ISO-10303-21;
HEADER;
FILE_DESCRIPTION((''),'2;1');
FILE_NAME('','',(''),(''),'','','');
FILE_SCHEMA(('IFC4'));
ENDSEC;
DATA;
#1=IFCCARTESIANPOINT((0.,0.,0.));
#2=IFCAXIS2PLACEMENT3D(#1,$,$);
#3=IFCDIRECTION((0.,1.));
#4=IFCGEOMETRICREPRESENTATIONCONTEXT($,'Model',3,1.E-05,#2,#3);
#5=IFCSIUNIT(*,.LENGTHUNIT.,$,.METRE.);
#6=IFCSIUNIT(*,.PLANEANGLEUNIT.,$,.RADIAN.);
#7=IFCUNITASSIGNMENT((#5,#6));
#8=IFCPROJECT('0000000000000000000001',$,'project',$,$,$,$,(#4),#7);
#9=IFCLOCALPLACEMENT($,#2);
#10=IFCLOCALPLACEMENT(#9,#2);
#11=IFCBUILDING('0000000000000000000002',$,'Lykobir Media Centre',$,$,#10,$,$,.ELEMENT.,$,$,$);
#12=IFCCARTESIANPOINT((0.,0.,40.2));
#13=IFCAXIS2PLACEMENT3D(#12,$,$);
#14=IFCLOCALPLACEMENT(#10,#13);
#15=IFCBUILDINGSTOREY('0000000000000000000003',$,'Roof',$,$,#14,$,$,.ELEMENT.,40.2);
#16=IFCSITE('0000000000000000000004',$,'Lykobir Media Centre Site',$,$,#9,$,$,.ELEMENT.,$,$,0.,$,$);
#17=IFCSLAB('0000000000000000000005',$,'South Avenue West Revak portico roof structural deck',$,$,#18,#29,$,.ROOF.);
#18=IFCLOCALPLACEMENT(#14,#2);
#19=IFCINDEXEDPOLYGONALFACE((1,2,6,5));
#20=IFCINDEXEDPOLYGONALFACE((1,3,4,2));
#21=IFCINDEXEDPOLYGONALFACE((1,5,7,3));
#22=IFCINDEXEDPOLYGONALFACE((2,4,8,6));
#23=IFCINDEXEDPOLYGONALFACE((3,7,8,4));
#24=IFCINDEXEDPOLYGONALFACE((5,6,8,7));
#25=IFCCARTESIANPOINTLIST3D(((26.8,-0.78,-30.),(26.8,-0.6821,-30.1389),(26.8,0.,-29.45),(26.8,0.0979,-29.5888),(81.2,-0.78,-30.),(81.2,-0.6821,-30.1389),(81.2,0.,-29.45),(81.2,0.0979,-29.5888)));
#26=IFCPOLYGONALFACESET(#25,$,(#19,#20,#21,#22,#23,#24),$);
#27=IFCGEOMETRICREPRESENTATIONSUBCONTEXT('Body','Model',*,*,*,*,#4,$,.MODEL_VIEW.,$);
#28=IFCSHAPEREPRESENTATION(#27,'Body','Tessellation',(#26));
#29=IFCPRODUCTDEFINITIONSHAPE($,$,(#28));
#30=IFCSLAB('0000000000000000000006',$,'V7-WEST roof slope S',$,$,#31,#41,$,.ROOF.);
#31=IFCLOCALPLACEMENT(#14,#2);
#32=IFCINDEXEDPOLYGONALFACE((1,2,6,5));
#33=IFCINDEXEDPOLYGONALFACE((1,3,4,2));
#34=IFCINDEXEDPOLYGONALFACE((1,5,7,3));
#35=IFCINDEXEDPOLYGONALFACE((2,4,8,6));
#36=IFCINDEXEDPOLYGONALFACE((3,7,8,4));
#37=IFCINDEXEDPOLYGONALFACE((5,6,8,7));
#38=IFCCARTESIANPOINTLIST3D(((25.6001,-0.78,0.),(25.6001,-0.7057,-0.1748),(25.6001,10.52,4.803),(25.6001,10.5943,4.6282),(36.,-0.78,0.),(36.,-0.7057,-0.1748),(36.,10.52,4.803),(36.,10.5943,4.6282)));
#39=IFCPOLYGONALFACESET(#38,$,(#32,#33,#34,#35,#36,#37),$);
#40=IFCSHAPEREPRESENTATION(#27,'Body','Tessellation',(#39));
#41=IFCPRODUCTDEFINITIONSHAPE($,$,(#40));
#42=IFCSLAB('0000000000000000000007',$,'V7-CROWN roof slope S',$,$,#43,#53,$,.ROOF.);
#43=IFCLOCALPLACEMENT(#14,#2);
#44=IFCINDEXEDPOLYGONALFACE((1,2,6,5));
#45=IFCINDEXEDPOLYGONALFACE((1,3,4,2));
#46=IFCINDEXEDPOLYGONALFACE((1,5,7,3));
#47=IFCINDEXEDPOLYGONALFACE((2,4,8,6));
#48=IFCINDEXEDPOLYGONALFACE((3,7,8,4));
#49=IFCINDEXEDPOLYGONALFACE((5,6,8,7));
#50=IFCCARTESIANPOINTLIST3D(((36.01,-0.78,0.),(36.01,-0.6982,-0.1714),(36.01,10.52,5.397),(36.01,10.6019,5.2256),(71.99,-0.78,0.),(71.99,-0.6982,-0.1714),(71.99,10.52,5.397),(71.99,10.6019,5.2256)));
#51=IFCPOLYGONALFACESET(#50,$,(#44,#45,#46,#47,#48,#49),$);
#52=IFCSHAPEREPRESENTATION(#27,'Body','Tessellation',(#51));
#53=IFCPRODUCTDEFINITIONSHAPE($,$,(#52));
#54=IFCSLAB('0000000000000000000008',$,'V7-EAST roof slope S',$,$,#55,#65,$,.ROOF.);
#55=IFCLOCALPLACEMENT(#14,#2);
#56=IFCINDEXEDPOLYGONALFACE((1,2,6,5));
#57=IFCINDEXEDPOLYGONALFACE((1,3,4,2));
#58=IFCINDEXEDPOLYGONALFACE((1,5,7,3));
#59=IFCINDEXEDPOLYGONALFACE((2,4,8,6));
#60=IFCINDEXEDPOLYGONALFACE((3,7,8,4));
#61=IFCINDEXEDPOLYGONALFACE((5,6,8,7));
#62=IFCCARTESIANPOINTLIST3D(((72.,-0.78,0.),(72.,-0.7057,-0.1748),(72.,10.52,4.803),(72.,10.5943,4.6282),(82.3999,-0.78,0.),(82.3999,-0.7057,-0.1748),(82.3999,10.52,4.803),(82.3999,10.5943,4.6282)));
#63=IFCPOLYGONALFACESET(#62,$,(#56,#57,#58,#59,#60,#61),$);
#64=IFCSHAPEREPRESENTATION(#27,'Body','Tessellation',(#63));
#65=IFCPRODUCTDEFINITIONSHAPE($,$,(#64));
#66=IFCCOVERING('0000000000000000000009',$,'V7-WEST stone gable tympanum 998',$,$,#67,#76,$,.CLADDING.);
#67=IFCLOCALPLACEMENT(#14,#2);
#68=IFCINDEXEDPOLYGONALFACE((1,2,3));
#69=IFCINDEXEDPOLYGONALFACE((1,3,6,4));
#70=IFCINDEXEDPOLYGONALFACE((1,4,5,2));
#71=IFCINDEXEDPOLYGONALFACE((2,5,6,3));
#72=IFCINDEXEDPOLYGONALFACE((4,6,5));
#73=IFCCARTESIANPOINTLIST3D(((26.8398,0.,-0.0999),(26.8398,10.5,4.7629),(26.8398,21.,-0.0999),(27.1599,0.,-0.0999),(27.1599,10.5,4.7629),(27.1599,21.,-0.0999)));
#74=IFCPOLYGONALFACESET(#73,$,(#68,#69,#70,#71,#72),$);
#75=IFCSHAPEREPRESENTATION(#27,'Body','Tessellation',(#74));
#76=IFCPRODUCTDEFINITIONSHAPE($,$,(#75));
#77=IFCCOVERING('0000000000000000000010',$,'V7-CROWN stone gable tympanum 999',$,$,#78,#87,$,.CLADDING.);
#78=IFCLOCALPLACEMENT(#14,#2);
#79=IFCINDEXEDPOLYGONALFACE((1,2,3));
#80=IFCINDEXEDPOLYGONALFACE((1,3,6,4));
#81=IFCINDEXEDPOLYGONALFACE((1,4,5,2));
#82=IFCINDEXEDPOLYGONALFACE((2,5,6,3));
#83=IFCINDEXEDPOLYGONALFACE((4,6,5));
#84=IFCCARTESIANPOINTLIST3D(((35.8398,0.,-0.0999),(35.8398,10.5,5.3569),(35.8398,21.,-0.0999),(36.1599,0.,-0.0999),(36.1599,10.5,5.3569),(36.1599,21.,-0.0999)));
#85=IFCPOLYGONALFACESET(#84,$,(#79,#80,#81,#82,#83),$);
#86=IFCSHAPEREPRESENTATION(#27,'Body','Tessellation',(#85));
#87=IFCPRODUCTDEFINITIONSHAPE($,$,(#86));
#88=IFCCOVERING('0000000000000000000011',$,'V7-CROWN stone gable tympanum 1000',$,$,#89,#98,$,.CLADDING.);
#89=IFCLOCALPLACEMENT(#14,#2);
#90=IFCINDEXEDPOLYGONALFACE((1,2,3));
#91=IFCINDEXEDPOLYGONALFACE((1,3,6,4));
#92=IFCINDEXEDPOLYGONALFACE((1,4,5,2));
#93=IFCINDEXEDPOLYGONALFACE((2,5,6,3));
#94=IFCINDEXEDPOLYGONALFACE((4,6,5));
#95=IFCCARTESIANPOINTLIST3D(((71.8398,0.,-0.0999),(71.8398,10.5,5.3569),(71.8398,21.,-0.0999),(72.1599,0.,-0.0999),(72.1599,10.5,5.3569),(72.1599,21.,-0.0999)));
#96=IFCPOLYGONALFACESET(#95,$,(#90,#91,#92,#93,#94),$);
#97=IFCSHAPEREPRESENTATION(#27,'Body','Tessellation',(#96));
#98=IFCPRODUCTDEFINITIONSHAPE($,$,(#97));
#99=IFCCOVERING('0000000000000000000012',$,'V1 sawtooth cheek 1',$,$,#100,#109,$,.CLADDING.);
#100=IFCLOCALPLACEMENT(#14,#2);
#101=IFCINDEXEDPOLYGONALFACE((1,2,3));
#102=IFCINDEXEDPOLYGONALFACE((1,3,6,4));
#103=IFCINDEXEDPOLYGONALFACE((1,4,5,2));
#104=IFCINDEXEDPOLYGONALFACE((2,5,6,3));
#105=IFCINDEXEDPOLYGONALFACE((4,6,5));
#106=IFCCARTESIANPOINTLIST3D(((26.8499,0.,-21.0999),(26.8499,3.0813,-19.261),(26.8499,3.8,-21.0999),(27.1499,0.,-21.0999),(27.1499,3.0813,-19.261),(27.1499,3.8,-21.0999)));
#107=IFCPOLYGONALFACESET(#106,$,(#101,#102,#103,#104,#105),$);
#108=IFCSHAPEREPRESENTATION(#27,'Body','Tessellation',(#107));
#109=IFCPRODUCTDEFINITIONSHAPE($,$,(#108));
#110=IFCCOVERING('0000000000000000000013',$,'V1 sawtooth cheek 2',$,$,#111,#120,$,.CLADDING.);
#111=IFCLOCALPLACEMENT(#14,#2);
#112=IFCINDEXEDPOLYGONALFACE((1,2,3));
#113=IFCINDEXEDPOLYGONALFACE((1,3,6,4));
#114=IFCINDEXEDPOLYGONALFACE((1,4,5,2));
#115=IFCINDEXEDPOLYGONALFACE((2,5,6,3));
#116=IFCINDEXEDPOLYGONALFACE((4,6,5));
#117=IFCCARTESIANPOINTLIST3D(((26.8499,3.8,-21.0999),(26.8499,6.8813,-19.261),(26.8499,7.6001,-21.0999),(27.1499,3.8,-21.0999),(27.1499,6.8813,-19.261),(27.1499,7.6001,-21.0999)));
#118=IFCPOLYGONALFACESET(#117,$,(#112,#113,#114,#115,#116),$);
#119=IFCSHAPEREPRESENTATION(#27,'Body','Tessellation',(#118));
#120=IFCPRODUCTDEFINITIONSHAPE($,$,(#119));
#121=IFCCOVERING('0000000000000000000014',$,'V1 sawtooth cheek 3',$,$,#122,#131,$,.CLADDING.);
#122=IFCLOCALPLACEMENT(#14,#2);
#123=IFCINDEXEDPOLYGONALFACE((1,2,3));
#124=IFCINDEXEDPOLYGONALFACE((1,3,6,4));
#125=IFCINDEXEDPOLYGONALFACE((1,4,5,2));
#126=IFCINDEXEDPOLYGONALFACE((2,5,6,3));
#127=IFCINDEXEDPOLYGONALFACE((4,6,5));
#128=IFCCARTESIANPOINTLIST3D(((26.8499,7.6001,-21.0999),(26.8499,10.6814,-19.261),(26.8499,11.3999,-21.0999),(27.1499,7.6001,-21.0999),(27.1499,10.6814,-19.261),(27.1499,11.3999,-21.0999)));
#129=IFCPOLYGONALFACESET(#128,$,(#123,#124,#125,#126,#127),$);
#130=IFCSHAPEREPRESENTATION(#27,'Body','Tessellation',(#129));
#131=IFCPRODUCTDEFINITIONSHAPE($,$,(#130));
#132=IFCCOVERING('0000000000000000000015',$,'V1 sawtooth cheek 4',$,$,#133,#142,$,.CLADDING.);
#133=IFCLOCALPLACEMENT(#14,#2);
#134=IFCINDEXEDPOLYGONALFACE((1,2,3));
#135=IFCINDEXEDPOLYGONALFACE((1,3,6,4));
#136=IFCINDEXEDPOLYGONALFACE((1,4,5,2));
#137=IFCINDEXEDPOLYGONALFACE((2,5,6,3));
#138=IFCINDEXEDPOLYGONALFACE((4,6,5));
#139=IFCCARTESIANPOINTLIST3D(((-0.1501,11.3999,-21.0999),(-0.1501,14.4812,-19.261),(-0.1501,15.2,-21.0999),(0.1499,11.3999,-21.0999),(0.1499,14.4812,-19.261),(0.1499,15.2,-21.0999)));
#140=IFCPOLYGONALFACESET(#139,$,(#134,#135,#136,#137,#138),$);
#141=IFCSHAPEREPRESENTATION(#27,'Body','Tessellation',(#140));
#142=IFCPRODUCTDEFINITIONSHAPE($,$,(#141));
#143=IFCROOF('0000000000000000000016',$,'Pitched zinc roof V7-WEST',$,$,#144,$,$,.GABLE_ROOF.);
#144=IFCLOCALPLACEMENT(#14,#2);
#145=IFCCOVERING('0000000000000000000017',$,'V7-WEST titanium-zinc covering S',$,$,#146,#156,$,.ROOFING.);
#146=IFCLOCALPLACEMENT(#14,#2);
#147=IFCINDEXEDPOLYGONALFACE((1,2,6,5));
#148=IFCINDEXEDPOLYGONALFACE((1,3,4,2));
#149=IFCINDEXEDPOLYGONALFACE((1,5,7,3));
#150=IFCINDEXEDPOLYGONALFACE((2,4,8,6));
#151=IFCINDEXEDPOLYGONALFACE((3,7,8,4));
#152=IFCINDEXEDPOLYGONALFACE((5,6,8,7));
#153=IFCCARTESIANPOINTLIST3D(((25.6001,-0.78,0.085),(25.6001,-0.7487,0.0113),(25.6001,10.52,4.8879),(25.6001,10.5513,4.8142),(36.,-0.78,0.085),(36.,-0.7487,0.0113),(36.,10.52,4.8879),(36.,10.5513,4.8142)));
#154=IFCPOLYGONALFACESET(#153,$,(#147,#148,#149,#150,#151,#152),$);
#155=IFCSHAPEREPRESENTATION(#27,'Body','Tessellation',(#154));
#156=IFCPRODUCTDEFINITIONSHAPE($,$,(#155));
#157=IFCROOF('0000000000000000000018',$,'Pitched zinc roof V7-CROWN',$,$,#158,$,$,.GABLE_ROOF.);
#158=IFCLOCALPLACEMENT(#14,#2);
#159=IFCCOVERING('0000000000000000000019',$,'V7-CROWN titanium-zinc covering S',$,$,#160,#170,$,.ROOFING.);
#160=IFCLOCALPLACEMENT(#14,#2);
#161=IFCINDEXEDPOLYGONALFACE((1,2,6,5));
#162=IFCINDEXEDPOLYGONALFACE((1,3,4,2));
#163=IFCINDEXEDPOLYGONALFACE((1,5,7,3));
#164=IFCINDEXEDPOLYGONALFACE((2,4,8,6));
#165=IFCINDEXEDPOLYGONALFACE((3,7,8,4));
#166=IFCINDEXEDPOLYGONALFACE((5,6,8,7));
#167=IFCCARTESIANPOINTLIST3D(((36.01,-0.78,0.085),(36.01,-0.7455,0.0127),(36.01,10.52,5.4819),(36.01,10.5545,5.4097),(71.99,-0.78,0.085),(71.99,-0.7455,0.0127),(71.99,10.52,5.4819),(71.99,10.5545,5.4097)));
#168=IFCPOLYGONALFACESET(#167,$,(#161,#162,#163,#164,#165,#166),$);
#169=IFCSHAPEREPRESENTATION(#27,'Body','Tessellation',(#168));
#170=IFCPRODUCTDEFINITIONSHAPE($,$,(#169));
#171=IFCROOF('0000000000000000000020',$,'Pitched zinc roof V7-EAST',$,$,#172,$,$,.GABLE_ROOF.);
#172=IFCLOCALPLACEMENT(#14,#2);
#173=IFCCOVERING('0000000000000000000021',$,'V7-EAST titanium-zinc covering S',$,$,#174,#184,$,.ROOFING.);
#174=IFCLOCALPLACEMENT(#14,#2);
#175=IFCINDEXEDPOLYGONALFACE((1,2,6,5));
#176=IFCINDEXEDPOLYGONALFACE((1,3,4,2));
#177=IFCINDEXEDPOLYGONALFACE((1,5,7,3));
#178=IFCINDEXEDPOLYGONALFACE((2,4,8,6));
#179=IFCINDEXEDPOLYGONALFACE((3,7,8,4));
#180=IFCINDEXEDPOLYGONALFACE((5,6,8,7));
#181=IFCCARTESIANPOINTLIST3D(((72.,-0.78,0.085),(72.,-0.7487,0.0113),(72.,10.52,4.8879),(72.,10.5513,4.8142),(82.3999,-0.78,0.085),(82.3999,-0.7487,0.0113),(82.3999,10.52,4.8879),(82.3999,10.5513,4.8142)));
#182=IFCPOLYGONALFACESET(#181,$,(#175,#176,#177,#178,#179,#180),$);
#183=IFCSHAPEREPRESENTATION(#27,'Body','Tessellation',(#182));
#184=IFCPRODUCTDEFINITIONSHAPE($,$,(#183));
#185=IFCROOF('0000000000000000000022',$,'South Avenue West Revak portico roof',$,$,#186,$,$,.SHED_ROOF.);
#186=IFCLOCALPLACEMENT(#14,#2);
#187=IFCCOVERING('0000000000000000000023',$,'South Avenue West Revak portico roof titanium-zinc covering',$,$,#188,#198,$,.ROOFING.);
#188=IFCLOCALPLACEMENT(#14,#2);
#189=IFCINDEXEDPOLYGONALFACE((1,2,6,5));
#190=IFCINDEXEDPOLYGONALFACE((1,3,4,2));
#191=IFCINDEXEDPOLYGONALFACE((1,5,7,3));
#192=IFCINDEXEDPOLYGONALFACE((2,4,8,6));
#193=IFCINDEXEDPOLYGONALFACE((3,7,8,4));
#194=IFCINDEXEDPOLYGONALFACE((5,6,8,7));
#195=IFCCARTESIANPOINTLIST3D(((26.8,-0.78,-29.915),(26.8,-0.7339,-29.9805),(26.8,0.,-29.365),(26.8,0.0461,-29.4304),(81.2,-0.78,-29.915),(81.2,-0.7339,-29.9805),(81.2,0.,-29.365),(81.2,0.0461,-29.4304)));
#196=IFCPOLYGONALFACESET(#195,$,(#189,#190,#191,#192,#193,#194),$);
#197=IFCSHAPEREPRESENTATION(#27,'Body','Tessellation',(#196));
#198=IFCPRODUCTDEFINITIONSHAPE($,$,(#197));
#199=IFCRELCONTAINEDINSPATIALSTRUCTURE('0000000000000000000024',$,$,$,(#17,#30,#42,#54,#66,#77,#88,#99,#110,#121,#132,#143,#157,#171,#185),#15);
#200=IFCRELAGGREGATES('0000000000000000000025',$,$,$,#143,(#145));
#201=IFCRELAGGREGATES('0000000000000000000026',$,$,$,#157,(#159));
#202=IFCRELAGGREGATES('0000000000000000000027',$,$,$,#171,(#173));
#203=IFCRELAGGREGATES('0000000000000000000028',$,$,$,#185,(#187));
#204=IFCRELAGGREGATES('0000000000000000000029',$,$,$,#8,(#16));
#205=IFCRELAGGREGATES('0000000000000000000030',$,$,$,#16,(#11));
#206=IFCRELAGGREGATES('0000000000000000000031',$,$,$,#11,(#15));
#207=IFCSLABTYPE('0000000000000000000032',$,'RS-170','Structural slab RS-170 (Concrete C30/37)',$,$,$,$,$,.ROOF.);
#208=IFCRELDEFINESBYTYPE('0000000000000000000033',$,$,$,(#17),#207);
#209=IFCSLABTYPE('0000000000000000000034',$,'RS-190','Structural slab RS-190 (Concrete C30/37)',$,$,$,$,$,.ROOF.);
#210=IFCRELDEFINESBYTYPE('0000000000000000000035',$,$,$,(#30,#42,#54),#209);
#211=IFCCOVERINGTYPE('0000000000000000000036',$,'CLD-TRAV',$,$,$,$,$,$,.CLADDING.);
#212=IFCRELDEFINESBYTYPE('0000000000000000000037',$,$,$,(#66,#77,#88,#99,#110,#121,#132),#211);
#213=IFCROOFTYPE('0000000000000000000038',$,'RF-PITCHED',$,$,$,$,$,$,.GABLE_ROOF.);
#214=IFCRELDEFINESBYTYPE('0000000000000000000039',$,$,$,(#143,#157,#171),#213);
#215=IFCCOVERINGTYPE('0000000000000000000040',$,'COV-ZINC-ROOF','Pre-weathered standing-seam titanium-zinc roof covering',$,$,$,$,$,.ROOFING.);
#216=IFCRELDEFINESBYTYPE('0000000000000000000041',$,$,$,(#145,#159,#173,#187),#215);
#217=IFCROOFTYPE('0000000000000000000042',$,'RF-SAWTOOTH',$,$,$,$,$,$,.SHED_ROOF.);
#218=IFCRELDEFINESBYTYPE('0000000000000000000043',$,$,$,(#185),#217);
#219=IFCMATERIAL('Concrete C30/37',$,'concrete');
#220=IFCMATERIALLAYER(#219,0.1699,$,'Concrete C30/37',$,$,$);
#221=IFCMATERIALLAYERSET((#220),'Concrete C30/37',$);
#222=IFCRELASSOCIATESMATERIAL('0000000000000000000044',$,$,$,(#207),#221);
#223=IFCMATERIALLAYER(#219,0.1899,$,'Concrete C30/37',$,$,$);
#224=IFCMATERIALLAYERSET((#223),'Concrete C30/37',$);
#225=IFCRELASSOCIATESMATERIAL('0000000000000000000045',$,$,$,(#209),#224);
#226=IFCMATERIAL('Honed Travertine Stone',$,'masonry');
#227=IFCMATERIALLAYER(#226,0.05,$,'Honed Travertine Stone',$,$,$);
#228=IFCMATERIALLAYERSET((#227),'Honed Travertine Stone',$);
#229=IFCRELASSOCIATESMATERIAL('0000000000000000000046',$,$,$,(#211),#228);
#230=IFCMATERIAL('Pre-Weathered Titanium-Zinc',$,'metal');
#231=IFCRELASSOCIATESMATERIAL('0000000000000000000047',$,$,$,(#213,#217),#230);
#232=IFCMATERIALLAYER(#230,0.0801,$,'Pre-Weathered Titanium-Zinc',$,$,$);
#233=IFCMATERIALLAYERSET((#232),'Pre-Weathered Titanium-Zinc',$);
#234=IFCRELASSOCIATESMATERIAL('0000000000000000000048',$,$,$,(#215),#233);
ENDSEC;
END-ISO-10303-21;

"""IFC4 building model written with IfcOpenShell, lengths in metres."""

from ifc_helpers import new_model, si_unit, direction, frame, origin, place, context, subcontext, project, spatial, polyline, outline, extrude, material, layer, layer_set, type_object, element, aggregate, save


model = new_model("IFC4")

# Units and contexts
model_context = context("Model", 3, precision=1e-05, world=origin(), true_north=direction((0.0, 1.0)))
body_context = subcontext(model_context, "Body", "Model", "MODEL_VIEW")
ifc_project = project(units=[si_unit("LENGTHUNIT", "METRE"), si_unit("PLANEANGLEUNIT", "RADIAN")], contexts=[model_context])

# Site, building, storey
site_placement = place(None, origin())
site = spatial("IfcSite", under=ifc_project, at=site_placement, Name="Lykobir Media Centre Site", CompositionType="ELEMENT", RefElevation=0.0)
building_placement = place(site_placement, origin())
building = spatial("IfcBuilding", under=site, at=building_placement, Name="Lykobir Media Centre", CompositionType="ELEMENT")
storey_placement = place(building_placement, frame((0.0, 0.0, 40.2)))
storey = spatial("IfcBuildingStorey", under=building, at=storey_placement, Name="Roof", CompositionType="ELEMENT", Elevation=40.2)

# Slabs
ifc_material_1 = material(Name="Concrete C30/37", Category="concrete")
ifc_layer_1 = layer(ifc_material_1, 0.1699, Name="Concrete C30/37")
ifc_layer_set_1 = layer_set([ifc_layer_1], Name="Concrete C30/37")
slab_type_1 = type_object("IfcSlabType", Name="RS-170", Description="Structural slab RS-170 (Concrete C30/37)", PredefinedType="ROOF", material=ifc_layer_set_1)
slab_1_placement = place(storey_placement, frame((26.8, -0.78, -30.0), z_axis=(0.0, -0.576291, 0.817244), x_axis=(1.0, 0.0, 0.0)))
element("IfcSlab", 1, at=slab_1_placement, inside=storey, type_object=slab_type_1, Name="South Avenue West Revak portico roof structural deck", PredefinedType="ROOF", context=body_context, shape_type="SweptSolid", body=[
    extrude(outline(polyline([(0.0, 0.0), (54.3999, 0.0), (54.3999, 0.9545), (0.0, 0.9545), (0.0, 0.0)])), origin(), (0.0, 0.0, -1.0), 0.1699),
])
ifc_layer_2 = layer(ifc_material_1, 0.1899, Name="Concrete C30/37")
ifc_layer_set_2 = layer_set([ifc_layer_2], Name="Concrete C30/37")
slab_type_2 = type_object("IfcSlabType", Name="RS-190", Description="Structural slab RS-190 (Concrete C30/37)", PredefinedType="ROOF", material=ifc_layer_set_2)
slab_2_placement = place(storey_placement, frame((25.6001, -0.78, 0.0), z_axis=(0.0, -0.391172, 0.920317), x_axis=(1.0, 0.0, 0.0)))
element("IfcSlab", 2, at=slab_2_placement, inside=storey, type_object=slab_type_2, Name="V7-WEST roof slope S", PredefinedType="ROOF", context=body_context, shape_type="SweptSolid", body=[
    extrude(outline(polyline([(0.0, 0.0), (10.3999, 0.0), (10.3999, 12.2784), (0.0, 12.2784), (0.0, 0.0)])), origin(), (0.0, 0.0, -1.0), 0.1899),
])
slab_3_placement = place(storey_placement, frame((36.01, -0.78, 0.0), z_axis=(0.0, -0.430975, 0.902364), x_axis=(1.0, 0.0, 0.0)))
element("IfcSlab", 3, at=slab_3_placement, inside=storey, type_object=slab_type_2, Name="V7-CROWN roof slope S", PredefinedType="ROOF", context=body_context, shape_type="SweptSolid", body=[
    extrude(outline(polyline([(0.0, 0.0), (35.98, 0.0), (35.98, 12.5227), (0.0, 12.5227), (0.0, 0.0)])), origin(), (0.0, 0.0, -1.0), 0.1899),
])
slab_4_placement = place(storey_placement, frame((72.0, -0.78, 0.0), z_axis=(0.0, -0.391172, 0.920317), x_axis=(1.0, 0.0, 0.0)))
element("IfcSlab", 4, at=slab_4_placement, inside=storey, type_object=slab_type_2, Name="V7-EAST roof slope S", PredefinedType="ROOF", context=body_context, shape_type="SweptSolid", body=[
    extrude(outline(polyline([(0.0, 0.0), (10.3999, 0.0), (10.3999, 12.2784), (0.0, 12.2784), (0.0, 0.0)])), origin(), (0.0, 0.0, -1.0), 0.1899),
])

# Coverings
ifc_material_2 = material(Name="Honed Travertine Stone", Category="masonry")
ifc_layer_3 = layer(ifc_material_2, 0.05, Name="Honed Travertine Stone")
ifc_layer_set_3 = layer_set([ifc_layer_3], Name="Honed Travertine Stone")
covering_type_1 = type_object("IfcCoveringType", Name="CLD-TRAV", PredefinedType="CLADDING", material=ifc_layer_set_3)
covering_1_placement = place(storey_placement, frame((27.1599, 0.0, -0.0999), z_axis=(1.0, 0.0, 0.0), x_axis=(0.0, 1.0, 0.0)))
element("IfcCovering", 5, at=covering_1_placement, inside=storey, type_object=covering_type_1, Name="V7-WEST stone gable tympanum 998", PredefinedType="CLADDING", context=body_context, shape_type="SweptSolid", body=[
    extrude(outline(polyline([(0.0, 0.0), (21.0, 0.0), (10.5, 4.8628), (0.0, 0.0)])), origin(), (0.0, 0.0, -1.0), 0.3201),
])
for number, where, z_axis, x_axis, name in (
    (6, (36.1599, 0.0, -0.0999), (1.0, 0.0, 0.0), (0.0, 1.0, 0.0), "V7-CROWN stone gable tympanum 999"),
    (7, (72.1599, 0.0, -0.0999), (1.0, 0.0, 0.0), (0.0, 1.0, 0.0), "V7-CROWN stone gable tympanum 1000"),
):
    element("IfcCovering", number, at=place(storey_placement, frame(where, z_axis=z_axis, x_axis=x_axis)), inside=storey, type_object=covering_type_1, Name=name, PredefinedType="CLADDING", context=body_context, shape_type="SweptSolid", body=[
        extrude(outline(polyline([(0.0, 0.0), (21.0, 0.0), (10.5, 5.4568), (0.0, 0.0)])), origin(), (0.0, 0.0, -1.0), 0.3201),
    ])
for number, where, z_axis, x_axis, name in (
    (8, (27.1499, 0.0, -21.0999), (1.0, 0.0, 0.0), (0.0, 1.0, 0.0), "V1 sawtooth cheek 1"),
    (9, (27.1499, 3.8, -21.0999), (1.0, 0.0, 0.0), (0.0, 1.0, 0.0), "V1 sawtooth cheek 2"),
):
    element("IfcCovering", number, at=place(storey_placement, frame(where, z_axis=z_axis, x_axis=x_axis)), inside=storey, type_object=covering_type_1, Name=name, PredefinedType="CLADDING", context=body_context, shape_type="SweptSolid", body=[
        extrude(outline(polyline([(0.0, 0.0), (3.8, 0.0), (3.0813, 1.8389), (0.0, 0.0)])), origin(), (0.0, 0.0, -1.0), 0.3),
    ])
covering_2_placement = place(storey_placement, frame((27.1499, 7.6001, -21.0999), z_axis=(1.0, 0.0, 0.0), x_axis=(0.0, 1.0, 0.0)))
element("IfcCovering", 10, at=covering_2_placement, inside=storey, type_object=covering_type_1, Name="V1 sawtooth cheek 3", PredefinedType="CLADDING", context=body_context, shape_type="SweptSolid", body=[
    extrude(outline(polyline([(0.0, 0.0), (3.7998, 0.0), (3.0813, 1.8389), (0.0, 0.0)])), origin(), (0.0, 0.0, -1.0), 0.3),
])
covering_3_placement = place(storey_placement, frame((0.1499, 11.3999, -21.0999), z_axis=(1.0, 0.0, 0.0), x_axis=(0.0, 1.0, 0.0)))
element("IfcCovering", 11, at=covering_3_placement, inside=storey, type_object=covering_type_1, Name="V1 sawtooth cheek 4", PredefinedType="CLADDING", context=body_context, shape_type="SweptSolid", body=[
    extrude(outline(polyline([(0.0, 0.0), (3.8, 0.0), (3.0813, 1.8389), (0.0, 0.0)])), origin(), (0.0, 0.0, -1.0), 0.3),
])

# Roofs, coverings
ifc_material_3 = material(Name="Pre-Weathered Titanium-Zinc", Category="metal")
roof_type_1 = type_object("IfcRoofType", Name="RF-PITCHED", PredefinedType="GABLE_ROOF", material=ifc_material_3)
roof_1_placement = place(storey_placement, origin())
roof_1 = element("IfcRoof", 12, at=roof_1_placement, inside=storey, type_object=roof_type_1, Name="Pitched zinc roof V7-WEST", PredefinedType="GABLE_ROOF")
ifc_layer_4 = layer(ifc_material_3, 0.0801, Name="Pre-Weathered Titanium-Zinc")
ifc_layer_set_4 = layer_set([ifc_layer_4], Name="Pre-Weathered Titanium-Zinc")
covering_type_2 = type_object("IfcCoveringType", Name="COV-ZINC-ROOF", Description="Pre-weathered standing-seam titanium-zinc roof covering", PredefinedType="ROOFING", material=ifc_layer_set_4)
covering_4_placement = place(storey_placement, frame((25.6001, -0.78, 0.085), z_axis=(0.0, -0.391172, 0.920317), x_axis=(1.0, 0.0, 0.0)))
covering_4 = element("IfcCovering", 13, at=covering_4_placement, type_object=covering_type_2, Name="V7-WEST titanium-zinc covering S", PredefinedType="ROOFING", context=body_context, shape_type="SweptSolid", body=[
    extrude(outline(polyline([(0.0, 0.0), (10.3999, 0.0), (10.3999, 12.2784), (0.0, 12.2784), (0.0, 0.0)])), origin(), (0.0, 0.0, -1.0), 0.0801),
])
aggregate(roof_1, [covering_4])
roof_2_placement = place(storey_placement, origin())
roof_2 = element("IfcRoof", 14, at=roof_2_placement, inside=storey, type_object=roof_type_1, Name="Pitched zinc roof V7-CROWN", PredefinedType="GABLE_ROOF")
covering_5_placement = place(storey_placement, frame((36.01, -0.78, 0.085), z_axis=(0.0, -0.430975, 0.902364), x_axis=(1.0, 0.0, 0.0)))
covering_5 = element("IfcCovering", 15, at=covering_5_placement, type_object=covering_type_2, Name="V7-CROWN titanium-zinc covering S", PredefinedType="ROOFING", context=body_context, shape_type="SweptSolid", body=[
    extrude(outline(polyline([(0.0, 0.0), (35.98, 0.0), (35.98, 12.5227), (0.0, 12.5227), (0.0, 0.0)])), origin(), (0.0, 0.0, -1.0), 0.0801),
])
aggregate(roof_2, [covering_5])
roof_3_placement = place(storey_placement, origin())
roof_3 = element("IfcRoof", 16, at=roof_3_placement, inside=storey, type_object=roof_type_1, Name="Pitched zinc roof V7-EAST", PredefinedType="GABLE_ROOF")
covering_6_placement = place(storey_placement, frame((72.0, -0.78, 0.085), z_axis=(0.0, -0.391172, 0.920317), x_axis=(1.0, 0.0, 0.0)))
covering_6 = element("IfcCovering", 17, at=covering_6_placement, type_object=covering_type_2, Name="V7-EAST titanium-zinc covering S", PredefinedType="ROOFING", context=body_context, shape_type="SweptSolid", body=[
    extrude(outline(polyline([(0.0, 0.0), (10.3999, 0.0), (10.3999, 12.2784), (0.0, 12.2784), (0.0, 0.0)])), origin(), (0.0, 0.0, -1.0), 0.0801),
])
aggregate(roof_3, [covering_6])
roof_type_2 = type_object("IfcRoofType", Name="RF-SAWTOOTH", PredefinedType="SHED_ROOF", material=ifc_material_3)
roof_4_placement = place(storey_placement, origin())
roof_4 = element("IfcRoof", 18, at=roof_4_placement, inside=storey, type_object=roof_type_2, Name="South Avenue West Revak portico roof", PredefinedType="SHED_ROOF")
covering_7_placement = place(storey_placement, frame((26.8, -0.78, -29.915), z_axis=(0.0, -0.576291, 0.817244), x_axis=(1.0, 0.0, 0.0)))
covering_7 = element("IfcCovering", 19, at=covering_7_placement, type_object=covering_type_2, Name="South Avenue West Revak portico roof titanium-zinc covering", PredefinedType="ROOFING", context=body_context, shape_type="SweptSolid", body=[
    extrude(outline(polyline([(0.0, 0.0), (54.3999, 0.0), (54.3999, 0.9545), (0.0, 0.9545), (0.0, 0.0)])), origin(), (0.0, 0.0, -1.0), 0.0801),
])
aggregate(roof_4, [covering_7])

save(model, "model.ifc")
